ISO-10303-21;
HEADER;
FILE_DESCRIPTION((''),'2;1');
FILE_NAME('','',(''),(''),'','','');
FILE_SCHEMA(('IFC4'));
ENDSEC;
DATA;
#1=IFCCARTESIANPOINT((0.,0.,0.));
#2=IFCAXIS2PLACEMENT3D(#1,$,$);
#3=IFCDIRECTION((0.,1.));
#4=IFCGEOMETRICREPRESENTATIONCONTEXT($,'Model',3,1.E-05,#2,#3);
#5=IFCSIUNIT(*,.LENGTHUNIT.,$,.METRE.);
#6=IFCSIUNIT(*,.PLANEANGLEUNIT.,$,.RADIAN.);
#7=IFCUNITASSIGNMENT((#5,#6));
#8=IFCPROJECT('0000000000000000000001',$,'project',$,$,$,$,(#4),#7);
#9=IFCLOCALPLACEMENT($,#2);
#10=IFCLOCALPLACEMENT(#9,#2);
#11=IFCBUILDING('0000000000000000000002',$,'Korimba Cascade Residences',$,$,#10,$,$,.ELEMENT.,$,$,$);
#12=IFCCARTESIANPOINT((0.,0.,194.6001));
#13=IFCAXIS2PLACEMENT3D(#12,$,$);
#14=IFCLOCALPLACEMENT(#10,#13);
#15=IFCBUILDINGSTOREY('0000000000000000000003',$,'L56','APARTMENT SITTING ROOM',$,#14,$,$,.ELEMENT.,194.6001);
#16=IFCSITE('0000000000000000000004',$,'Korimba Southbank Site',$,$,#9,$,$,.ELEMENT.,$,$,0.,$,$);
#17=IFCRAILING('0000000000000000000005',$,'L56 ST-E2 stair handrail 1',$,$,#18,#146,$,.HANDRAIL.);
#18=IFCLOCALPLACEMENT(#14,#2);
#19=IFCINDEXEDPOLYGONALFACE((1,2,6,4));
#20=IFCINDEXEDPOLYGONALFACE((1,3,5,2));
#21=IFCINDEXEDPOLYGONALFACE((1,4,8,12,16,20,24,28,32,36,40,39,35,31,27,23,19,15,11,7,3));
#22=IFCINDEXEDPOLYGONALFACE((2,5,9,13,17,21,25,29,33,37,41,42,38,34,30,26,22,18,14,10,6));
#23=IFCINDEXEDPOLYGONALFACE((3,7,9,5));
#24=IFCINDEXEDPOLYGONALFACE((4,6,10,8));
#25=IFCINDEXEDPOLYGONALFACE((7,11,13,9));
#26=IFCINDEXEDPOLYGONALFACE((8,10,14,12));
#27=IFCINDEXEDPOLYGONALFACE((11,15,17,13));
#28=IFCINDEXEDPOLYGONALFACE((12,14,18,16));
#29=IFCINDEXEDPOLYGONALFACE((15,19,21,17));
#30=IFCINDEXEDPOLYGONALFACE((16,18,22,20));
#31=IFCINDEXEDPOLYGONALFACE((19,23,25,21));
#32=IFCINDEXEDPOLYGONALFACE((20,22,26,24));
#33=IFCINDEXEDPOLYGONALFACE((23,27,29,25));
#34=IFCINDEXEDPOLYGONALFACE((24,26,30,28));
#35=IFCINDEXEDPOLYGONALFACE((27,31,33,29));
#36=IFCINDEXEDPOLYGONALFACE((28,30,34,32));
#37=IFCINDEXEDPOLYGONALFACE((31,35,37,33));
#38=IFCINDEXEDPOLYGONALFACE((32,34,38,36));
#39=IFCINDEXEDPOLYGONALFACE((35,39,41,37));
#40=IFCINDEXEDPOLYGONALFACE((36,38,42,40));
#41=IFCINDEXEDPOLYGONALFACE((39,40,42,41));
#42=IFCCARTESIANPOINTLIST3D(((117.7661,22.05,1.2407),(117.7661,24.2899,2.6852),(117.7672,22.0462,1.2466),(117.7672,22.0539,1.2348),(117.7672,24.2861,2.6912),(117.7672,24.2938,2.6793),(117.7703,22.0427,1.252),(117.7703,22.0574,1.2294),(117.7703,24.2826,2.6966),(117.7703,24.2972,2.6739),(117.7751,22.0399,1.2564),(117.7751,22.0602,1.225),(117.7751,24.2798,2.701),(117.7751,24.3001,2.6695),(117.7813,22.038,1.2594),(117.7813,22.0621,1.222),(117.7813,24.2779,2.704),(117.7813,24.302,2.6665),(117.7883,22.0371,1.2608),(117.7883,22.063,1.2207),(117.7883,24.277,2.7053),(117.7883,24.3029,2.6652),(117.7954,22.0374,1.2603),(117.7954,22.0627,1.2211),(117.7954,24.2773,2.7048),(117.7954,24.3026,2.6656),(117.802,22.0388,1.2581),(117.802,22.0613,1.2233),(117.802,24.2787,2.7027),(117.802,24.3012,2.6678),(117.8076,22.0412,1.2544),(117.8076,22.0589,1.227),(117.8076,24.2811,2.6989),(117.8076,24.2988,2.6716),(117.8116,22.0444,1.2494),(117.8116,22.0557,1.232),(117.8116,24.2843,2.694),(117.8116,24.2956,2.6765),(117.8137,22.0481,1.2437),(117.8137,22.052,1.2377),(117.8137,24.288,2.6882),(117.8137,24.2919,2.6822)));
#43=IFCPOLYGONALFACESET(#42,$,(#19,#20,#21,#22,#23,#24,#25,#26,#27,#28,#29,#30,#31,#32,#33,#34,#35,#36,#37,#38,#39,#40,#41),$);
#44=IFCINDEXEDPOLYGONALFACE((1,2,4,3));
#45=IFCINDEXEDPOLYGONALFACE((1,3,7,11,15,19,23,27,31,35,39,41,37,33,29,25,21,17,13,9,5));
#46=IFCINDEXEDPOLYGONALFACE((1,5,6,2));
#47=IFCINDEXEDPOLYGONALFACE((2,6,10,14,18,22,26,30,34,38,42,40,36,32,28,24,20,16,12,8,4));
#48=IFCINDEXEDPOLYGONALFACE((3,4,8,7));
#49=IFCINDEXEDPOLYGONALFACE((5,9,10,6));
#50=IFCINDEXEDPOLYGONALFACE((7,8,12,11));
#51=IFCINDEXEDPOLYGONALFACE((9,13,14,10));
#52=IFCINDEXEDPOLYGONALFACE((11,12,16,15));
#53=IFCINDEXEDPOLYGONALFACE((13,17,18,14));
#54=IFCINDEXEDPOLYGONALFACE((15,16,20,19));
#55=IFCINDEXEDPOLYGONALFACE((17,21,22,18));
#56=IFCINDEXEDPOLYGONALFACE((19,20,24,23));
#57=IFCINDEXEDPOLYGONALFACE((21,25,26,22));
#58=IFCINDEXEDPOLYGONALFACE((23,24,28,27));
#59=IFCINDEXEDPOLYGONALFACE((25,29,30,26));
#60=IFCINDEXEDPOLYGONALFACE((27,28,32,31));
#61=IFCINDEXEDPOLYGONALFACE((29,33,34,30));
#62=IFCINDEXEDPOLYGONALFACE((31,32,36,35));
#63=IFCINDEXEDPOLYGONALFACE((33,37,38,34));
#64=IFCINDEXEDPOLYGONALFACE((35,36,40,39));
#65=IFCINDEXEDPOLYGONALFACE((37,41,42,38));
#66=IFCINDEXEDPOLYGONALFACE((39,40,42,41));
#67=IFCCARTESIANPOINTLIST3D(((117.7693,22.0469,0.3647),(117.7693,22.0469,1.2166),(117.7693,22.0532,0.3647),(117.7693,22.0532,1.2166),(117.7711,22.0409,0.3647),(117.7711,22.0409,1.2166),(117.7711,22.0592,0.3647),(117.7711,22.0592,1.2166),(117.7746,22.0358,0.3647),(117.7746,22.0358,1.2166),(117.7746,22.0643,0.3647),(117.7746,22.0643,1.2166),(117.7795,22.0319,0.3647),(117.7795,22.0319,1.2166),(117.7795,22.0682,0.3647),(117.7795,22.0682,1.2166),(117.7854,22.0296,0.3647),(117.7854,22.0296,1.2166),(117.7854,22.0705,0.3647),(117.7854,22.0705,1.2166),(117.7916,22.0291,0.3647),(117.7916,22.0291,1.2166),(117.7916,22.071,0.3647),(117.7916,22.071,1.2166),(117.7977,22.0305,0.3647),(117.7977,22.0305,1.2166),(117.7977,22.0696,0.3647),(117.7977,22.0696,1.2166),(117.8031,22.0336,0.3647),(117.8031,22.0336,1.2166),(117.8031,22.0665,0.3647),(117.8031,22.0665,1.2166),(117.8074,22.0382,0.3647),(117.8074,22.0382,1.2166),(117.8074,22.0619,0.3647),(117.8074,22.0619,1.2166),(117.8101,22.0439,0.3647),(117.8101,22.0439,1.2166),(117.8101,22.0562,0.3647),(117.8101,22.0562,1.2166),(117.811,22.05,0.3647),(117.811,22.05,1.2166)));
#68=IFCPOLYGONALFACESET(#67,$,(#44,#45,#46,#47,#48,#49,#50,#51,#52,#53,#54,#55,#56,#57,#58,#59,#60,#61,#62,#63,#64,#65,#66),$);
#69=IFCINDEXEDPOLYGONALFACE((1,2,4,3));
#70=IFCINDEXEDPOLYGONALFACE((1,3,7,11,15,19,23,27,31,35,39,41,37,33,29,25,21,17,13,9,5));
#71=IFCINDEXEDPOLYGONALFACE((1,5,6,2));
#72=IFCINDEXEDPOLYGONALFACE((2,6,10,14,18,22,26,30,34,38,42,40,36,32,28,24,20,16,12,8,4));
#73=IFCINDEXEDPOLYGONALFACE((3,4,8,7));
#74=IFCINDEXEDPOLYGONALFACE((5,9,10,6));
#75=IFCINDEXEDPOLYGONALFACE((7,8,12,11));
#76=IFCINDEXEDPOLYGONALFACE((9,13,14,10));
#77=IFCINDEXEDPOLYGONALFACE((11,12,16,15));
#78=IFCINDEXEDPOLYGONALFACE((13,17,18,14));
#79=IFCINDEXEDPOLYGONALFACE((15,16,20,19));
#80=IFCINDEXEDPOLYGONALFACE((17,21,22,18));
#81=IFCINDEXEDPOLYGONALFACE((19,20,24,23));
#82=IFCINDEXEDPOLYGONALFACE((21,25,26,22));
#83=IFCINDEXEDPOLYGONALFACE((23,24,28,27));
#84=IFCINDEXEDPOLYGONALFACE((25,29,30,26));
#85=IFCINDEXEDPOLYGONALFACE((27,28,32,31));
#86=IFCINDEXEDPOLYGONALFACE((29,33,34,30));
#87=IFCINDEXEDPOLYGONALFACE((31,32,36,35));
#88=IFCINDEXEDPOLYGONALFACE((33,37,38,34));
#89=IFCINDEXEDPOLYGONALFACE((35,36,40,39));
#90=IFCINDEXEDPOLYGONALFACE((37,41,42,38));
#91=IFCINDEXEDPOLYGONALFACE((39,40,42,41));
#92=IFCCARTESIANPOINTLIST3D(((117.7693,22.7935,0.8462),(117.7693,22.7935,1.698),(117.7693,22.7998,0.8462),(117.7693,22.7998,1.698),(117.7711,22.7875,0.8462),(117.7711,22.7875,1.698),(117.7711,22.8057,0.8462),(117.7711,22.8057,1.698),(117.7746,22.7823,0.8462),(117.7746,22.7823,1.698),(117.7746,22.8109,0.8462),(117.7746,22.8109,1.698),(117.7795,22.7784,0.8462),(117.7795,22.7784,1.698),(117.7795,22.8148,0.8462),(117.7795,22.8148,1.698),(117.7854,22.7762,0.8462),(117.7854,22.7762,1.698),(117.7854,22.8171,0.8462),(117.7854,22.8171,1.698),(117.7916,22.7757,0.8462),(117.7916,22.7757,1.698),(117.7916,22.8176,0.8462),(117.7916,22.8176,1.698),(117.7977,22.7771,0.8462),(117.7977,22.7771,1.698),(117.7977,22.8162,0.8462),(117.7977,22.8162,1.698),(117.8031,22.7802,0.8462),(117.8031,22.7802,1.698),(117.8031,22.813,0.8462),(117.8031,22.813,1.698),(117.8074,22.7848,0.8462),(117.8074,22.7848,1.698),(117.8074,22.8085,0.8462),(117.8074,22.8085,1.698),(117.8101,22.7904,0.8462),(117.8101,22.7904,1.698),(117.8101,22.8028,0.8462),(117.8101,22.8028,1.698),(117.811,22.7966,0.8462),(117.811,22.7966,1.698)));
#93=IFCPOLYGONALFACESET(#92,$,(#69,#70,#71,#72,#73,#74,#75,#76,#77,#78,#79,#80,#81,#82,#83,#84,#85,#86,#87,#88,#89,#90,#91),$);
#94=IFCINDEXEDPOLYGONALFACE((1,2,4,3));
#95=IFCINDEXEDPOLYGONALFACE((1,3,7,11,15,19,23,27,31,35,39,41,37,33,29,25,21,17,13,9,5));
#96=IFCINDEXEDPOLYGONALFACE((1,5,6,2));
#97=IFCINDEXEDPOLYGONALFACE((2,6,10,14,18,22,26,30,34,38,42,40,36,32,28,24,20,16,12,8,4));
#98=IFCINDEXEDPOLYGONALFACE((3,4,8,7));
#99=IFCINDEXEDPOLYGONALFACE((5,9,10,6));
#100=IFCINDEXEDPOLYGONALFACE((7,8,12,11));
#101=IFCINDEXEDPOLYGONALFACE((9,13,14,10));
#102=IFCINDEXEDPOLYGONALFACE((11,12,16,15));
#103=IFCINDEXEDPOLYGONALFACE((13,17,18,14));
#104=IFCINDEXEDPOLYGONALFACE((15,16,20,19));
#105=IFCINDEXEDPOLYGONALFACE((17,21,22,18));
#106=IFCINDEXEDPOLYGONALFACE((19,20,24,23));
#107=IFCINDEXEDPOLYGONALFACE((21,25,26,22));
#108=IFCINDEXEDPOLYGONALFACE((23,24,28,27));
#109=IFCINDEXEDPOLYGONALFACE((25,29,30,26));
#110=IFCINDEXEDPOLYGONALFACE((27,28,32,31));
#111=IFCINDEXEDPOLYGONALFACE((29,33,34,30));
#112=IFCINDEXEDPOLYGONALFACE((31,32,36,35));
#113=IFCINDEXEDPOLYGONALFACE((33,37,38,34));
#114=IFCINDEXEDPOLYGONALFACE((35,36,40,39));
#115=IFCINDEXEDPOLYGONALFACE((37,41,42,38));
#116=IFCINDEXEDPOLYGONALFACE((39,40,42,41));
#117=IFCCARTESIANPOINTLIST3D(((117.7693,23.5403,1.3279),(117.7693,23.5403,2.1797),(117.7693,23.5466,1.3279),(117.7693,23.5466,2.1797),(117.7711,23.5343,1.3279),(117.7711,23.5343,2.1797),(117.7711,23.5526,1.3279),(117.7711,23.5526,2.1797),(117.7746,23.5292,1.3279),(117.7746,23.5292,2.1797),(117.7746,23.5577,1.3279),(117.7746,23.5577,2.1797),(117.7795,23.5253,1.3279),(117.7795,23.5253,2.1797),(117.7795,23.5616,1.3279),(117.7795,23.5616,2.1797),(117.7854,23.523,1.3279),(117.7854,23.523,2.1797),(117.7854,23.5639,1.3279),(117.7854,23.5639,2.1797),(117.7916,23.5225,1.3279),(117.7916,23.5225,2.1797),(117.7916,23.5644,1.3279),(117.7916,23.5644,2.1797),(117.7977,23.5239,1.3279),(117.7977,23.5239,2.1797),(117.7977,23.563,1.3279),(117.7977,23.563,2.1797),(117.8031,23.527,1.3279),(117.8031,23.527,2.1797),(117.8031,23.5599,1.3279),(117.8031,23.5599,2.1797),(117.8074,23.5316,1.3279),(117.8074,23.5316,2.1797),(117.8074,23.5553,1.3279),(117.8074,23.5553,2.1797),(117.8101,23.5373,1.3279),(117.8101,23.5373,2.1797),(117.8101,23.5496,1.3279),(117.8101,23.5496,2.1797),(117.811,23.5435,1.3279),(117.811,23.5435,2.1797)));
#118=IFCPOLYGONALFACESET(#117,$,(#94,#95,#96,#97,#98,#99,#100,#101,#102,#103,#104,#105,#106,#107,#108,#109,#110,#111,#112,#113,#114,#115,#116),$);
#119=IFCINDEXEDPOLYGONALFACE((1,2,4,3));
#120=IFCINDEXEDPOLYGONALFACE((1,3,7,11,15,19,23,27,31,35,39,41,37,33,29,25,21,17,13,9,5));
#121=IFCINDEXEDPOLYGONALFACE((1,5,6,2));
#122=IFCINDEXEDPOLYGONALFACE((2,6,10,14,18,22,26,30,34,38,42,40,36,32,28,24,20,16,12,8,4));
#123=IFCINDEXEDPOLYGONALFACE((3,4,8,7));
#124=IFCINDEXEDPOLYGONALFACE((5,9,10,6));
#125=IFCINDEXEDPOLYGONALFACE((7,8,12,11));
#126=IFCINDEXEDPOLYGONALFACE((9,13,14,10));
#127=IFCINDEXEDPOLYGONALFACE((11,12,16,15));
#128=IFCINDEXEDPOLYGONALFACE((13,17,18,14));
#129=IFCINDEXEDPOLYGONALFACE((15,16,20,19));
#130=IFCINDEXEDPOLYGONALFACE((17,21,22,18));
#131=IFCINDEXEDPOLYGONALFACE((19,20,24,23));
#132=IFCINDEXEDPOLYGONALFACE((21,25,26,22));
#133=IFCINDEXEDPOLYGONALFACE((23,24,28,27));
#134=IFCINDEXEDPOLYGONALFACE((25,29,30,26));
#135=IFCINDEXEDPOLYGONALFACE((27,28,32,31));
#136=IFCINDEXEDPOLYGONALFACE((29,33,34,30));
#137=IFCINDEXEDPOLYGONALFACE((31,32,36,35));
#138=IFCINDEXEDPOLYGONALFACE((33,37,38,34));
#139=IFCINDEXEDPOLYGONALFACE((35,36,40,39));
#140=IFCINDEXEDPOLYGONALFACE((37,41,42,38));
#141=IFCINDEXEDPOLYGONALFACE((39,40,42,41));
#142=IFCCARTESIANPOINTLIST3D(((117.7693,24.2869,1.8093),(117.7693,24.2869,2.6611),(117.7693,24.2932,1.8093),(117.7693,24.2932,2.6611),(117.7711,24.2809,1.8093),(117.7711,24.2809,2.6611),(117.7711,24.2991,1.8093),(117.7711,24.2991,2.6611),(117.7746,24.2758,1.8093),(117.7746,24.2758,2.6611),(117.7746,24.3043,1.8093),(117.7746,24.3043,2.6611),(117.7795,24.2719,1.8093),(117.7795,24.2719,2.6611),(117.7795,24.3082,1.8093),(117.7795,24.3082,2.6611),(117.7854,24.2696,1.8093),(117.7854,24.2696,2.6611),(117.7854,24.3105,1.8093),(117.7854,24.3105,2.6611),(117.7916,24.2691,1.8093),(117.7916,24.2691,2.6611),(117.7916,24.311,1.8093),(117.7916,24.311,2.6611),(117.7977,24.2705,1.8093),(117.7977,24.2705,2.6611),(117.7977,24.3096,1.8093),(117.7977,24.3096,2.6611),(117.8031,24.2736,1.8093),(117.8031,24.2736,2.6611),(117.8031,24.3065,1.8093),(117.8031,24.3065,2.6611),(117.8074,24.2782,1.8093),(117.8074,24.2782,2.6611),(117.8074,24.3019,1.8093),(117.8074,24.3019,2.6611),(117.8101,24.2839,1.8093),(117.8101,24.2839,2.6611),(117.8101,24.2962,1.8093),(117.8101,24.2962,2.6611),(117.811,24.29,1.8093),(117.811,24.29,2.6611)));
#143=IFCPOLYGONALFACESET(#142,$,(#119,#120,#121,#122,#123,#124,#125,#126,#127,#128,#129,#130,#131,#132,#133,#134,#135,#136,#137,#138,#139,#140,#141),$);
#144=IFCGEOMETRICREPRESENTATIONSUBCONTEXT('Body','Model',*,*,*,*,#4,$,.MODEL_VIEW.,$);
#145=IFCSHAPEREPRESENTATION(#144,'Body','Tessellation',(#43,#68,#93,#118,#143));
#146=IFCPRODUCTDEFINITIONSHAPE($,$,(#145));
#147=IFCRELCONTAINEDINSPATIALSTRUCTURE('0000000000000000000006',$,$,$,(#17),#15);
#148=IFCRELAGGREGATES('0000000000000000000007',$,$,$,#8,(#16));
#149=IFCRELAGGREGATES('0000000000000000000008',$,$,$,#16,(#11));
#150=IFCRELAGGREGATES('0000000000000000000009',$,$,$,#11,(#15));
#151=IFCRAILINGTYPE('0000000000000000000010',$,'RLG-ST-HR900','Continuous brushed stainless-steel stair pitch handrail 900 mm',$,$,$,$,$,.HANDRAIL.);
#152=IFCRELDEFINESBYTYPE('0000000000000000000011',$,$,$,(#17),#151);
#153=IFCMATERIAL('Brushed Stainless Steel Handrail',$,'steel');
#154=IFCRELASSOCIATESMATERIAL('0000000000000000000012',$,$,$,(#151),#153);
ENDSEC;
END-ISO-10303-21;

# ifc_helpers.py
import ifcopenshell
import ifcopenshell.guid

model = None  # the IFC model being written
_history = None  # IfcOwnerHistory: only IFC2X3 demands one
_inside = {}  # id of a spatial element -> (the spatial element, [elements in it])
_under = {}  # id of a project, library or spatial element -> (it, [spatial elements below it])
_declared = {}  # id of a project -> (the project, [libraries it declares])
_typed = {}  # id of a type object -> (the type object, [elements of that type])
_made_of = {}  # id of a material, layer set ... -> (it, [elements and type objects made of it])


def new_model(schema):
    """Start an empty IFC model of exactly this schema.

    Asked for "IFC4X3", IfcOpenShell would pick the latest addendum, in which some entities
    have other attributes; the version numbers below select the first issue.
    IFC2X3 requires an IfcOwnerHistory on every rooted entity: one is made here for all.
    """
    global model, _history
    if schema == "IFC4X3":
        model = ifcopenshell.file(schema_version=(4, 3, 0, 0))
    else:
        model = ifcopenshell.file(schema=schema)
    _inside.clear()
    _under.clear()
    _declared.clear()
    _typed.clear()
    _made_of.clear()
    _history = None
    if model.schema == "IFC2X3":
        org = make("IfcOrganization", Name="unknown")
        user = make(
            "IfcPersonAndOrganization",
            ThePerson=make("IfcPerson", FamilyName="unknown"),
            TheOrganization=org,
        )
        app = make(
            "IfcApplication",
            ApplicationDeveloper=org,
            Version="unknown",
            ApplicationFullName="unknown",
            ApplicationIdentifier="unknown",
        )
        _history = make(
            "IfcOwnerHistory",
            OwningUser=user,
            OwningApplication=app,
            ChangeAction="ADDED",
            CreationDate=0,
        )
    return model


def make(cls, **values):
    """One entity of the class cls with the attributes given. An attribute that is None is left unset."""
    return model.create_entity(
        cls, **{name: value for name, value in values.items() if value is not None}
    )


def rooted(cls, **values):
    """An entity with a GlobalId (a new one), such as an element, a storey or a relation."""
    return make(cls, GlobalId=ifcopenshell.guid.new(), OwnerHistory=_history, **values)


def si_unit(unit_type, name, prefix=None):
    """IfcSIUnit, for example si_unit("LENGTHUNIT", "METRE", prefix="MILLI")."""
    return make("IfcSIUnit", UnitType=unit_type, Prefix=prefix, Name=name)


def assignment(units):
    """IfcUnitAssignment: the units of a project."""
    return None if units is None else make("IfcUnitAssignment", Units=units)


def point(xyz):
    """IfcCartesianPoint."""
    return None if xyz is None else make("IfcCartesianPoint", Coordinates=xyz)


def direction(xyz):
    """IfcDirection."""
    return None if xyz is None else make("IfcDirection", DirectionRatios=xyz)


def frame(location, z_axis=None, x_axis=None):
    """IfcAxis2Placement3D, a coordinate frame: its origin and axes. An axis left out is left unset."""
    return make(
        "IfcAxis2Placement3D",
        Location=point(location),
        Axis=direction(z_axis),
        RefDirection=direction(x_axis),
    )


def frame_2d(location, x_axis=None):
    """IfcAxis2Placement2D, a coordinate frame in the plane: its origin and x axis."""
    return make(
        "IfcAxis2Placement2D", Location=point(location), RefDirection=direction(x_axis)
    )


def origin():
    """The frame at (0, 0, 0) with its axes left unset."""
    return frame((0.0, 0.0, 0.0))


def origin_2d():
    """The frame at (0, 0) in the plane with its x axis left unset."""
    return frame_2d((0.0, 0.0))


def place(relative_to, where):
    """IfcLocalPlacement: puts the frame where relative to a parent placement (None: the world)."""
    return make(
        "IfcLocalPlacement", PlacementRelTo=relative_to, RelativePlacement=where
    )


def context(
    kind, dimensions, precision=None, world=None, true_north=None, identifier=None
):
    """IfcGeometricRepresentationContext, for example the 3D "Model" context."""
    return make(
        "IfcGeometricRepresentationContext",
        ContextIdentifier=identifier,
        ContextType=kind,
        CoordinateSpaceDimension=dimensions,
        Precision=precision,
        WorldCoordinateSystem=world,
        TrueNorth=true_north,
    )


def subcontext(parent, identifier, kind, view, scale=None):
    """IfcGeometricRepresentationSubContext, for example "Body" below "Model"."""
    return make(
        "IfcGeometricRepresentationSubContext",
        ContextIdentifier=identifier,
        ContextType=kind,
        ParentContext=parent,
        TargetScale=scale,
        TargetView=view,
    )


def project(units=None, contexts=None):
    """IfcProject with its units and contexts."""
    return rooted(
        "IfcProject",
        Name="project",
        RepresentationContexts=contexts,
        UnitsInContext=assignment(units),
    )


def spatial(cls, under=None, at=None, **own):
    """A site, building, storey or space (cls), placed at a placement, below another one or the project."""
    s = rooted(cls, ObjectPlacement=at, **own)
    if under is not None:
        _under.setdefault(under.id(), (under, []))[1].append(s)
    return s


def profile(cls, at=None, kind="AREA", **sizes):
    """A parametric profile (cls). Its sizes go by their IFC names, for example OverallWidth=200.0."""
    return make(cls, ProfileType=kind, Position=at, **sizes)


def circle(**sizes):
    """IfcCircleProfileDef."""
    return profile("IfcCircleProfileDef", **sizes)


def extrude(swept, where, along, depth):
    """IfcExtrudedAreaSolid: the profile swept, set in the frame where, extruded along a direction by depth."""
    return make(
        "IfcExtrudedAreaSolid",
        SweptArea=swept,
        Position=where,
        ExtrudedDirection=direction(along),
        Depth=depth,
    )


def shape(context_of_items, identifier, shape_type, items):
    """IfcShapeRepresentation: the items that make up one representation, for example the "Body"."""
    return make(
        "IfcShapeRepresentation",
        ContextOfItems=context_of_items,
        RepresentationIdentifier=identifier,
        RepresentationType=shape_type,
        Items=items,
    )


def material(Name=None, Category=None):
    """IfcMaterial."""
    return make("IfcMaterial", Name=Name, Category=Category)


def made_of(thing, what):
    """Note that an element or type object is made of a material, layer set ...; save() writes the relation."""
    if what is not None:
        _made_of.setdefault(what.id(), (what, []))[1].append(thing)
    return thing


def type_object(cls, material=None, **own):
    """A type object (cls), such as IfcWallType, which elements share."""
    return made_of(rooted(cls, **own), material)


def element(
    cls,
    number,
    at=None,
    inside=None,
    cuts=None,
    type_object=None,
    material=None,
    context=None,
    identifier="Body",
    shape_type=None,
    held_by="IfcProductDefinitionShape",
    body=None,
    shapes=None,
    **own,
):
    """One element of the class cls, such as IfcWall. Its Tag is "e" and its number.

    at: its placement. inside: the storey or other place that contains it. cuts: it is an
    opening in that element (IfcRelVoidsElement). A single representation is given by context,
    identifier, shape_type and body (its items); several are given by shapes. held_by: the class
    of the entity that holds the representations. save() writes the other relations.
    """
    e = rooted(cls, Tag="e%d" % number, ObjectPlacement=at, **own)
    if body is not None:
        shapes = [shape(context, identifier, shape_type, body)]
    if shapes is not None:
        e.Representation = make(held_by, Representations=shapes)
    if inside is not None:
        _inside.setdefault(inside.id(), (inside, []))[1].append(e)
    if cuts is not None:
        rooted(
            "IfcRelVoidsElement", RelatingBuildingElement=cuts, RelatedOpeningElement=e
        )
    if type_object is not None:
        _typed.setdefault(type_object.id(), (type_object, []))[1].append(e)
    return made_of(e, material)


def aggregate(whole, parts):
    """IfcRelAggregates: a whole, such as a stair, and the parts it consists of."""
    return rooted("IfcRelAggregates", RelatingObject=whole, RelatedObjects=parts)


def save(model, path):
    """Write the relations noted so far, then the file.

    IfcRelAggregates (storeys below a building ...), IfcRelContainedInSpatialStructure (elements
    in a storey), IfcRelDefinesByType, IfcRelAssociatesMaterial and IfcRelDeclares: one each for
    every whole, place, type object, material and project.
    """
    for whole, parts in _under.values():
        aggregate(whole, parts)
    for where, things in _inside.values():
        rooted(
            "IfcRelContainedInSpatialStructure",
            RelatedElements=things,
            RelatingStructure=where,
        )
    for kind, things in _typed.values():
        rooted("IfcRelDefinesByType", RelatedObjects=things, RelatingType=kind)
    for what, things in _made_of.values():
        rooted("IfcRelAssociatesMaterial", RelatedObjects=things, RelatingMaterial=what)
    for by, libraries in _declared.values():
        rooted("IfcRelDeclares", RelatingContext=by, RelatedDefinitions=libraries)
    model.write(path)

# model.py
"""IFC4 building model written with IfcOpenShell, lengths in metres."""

from ifc_helpers import new_model, si_unit, direction, frame, origin, origin_2d, place, context, subcontext, project, spatial, circle, extrude, material, type_object, element, save


model = new_model("IFC4")

# Units and contexts
model_context = context("Model", 3, precision=1e-05, world=origin(), true_north=direction((0.0, 1.0)))
body_context = subcontext(model_context, "Body", "Model", "MODEL_VIEW")
ifc_project = project(units=[si_unit("LENGTHUNIT", "METRE"), si_unit("PLANEANGLEUNIT", "RADIAN")], contexts=[model_context])

# Site, building, storey
site_placement = place(None, origin())
site = spatial("IfcSite", under=ifc_project, at=site_placement, Name="Korimba Southbank Site", CompositionType="ELEMENT", RefElevation=0.0)
building_placement = place(site_placement, origin())
building = spatial("IfcBuilding", under=site, at=building_placement, Name="Korimba Cascade Residences", CompositionType="ELEMENT")
storey_placement = place(building_placement, frame((0.0, 0.0, 194.6001)))
storey = spatial("IfcBuildingStorey", under=building, at=storey_placement, Name="L56", Description="APARTMENT SITTING ROOM", CompositionType="ELEMENT", Elevation=194.6001)

# Railing
ifc_material_1 = material(Name="Brushed Stainless Steel Handrail", Category="steel")
railing_type_1 = type_object("IfcRailingType", Name="RLG-ST-HR900", Description="Continuous brushed stainless-steel stair pitch handrail 900 mm", PredefinedType="HANDRAIL", material=ifc_material_1)
railing_1_placement = place(storey_placement, frame((117.79, 22.05, 0.3647)))
element("IfcRailing", 1, at=railing_1_placement, inside=storey, type_object=railing_type_1, Name="L56 ST-E2 stair handrail 1", PredefinedType="HANDRAIL", context=body_context, shape_type="SweptSolid", body=[
    extrude(circle(Radius=0.0239, at=origin_2d()), frame((0.0, 0.0, 0.876), z_axis=(0.0, 0.840395, 0.541975), x_axis=(-1.0, 0.0, 0.0)), (0.0, 0.0, 1.0), 2.6653),
    extrude(circle(Radius=0.021, at=origin_2d()), origin(), (0.0, 0.0, 1.0), 0.8518),
    extrude(circle(Radius=0.021, at=origin_2d()), frame((0.0, 0.7466, 0.4814)), (0.0, 0.0, 1.0), 0.8518),
    extrude(circle(Radius=0.021, at=origin_2d()), frame((0.0, 1.4934, 0.9631)), (0.0, 0.0, 1.0), 0.8518),
    extrude(circle(Radius=0.021, at=origin_2d()), frame((0.0, 2.24, 1.4446)), (0.0, 0.0, 1.0), 0.8518),
])

save(model, "model.ifc")
